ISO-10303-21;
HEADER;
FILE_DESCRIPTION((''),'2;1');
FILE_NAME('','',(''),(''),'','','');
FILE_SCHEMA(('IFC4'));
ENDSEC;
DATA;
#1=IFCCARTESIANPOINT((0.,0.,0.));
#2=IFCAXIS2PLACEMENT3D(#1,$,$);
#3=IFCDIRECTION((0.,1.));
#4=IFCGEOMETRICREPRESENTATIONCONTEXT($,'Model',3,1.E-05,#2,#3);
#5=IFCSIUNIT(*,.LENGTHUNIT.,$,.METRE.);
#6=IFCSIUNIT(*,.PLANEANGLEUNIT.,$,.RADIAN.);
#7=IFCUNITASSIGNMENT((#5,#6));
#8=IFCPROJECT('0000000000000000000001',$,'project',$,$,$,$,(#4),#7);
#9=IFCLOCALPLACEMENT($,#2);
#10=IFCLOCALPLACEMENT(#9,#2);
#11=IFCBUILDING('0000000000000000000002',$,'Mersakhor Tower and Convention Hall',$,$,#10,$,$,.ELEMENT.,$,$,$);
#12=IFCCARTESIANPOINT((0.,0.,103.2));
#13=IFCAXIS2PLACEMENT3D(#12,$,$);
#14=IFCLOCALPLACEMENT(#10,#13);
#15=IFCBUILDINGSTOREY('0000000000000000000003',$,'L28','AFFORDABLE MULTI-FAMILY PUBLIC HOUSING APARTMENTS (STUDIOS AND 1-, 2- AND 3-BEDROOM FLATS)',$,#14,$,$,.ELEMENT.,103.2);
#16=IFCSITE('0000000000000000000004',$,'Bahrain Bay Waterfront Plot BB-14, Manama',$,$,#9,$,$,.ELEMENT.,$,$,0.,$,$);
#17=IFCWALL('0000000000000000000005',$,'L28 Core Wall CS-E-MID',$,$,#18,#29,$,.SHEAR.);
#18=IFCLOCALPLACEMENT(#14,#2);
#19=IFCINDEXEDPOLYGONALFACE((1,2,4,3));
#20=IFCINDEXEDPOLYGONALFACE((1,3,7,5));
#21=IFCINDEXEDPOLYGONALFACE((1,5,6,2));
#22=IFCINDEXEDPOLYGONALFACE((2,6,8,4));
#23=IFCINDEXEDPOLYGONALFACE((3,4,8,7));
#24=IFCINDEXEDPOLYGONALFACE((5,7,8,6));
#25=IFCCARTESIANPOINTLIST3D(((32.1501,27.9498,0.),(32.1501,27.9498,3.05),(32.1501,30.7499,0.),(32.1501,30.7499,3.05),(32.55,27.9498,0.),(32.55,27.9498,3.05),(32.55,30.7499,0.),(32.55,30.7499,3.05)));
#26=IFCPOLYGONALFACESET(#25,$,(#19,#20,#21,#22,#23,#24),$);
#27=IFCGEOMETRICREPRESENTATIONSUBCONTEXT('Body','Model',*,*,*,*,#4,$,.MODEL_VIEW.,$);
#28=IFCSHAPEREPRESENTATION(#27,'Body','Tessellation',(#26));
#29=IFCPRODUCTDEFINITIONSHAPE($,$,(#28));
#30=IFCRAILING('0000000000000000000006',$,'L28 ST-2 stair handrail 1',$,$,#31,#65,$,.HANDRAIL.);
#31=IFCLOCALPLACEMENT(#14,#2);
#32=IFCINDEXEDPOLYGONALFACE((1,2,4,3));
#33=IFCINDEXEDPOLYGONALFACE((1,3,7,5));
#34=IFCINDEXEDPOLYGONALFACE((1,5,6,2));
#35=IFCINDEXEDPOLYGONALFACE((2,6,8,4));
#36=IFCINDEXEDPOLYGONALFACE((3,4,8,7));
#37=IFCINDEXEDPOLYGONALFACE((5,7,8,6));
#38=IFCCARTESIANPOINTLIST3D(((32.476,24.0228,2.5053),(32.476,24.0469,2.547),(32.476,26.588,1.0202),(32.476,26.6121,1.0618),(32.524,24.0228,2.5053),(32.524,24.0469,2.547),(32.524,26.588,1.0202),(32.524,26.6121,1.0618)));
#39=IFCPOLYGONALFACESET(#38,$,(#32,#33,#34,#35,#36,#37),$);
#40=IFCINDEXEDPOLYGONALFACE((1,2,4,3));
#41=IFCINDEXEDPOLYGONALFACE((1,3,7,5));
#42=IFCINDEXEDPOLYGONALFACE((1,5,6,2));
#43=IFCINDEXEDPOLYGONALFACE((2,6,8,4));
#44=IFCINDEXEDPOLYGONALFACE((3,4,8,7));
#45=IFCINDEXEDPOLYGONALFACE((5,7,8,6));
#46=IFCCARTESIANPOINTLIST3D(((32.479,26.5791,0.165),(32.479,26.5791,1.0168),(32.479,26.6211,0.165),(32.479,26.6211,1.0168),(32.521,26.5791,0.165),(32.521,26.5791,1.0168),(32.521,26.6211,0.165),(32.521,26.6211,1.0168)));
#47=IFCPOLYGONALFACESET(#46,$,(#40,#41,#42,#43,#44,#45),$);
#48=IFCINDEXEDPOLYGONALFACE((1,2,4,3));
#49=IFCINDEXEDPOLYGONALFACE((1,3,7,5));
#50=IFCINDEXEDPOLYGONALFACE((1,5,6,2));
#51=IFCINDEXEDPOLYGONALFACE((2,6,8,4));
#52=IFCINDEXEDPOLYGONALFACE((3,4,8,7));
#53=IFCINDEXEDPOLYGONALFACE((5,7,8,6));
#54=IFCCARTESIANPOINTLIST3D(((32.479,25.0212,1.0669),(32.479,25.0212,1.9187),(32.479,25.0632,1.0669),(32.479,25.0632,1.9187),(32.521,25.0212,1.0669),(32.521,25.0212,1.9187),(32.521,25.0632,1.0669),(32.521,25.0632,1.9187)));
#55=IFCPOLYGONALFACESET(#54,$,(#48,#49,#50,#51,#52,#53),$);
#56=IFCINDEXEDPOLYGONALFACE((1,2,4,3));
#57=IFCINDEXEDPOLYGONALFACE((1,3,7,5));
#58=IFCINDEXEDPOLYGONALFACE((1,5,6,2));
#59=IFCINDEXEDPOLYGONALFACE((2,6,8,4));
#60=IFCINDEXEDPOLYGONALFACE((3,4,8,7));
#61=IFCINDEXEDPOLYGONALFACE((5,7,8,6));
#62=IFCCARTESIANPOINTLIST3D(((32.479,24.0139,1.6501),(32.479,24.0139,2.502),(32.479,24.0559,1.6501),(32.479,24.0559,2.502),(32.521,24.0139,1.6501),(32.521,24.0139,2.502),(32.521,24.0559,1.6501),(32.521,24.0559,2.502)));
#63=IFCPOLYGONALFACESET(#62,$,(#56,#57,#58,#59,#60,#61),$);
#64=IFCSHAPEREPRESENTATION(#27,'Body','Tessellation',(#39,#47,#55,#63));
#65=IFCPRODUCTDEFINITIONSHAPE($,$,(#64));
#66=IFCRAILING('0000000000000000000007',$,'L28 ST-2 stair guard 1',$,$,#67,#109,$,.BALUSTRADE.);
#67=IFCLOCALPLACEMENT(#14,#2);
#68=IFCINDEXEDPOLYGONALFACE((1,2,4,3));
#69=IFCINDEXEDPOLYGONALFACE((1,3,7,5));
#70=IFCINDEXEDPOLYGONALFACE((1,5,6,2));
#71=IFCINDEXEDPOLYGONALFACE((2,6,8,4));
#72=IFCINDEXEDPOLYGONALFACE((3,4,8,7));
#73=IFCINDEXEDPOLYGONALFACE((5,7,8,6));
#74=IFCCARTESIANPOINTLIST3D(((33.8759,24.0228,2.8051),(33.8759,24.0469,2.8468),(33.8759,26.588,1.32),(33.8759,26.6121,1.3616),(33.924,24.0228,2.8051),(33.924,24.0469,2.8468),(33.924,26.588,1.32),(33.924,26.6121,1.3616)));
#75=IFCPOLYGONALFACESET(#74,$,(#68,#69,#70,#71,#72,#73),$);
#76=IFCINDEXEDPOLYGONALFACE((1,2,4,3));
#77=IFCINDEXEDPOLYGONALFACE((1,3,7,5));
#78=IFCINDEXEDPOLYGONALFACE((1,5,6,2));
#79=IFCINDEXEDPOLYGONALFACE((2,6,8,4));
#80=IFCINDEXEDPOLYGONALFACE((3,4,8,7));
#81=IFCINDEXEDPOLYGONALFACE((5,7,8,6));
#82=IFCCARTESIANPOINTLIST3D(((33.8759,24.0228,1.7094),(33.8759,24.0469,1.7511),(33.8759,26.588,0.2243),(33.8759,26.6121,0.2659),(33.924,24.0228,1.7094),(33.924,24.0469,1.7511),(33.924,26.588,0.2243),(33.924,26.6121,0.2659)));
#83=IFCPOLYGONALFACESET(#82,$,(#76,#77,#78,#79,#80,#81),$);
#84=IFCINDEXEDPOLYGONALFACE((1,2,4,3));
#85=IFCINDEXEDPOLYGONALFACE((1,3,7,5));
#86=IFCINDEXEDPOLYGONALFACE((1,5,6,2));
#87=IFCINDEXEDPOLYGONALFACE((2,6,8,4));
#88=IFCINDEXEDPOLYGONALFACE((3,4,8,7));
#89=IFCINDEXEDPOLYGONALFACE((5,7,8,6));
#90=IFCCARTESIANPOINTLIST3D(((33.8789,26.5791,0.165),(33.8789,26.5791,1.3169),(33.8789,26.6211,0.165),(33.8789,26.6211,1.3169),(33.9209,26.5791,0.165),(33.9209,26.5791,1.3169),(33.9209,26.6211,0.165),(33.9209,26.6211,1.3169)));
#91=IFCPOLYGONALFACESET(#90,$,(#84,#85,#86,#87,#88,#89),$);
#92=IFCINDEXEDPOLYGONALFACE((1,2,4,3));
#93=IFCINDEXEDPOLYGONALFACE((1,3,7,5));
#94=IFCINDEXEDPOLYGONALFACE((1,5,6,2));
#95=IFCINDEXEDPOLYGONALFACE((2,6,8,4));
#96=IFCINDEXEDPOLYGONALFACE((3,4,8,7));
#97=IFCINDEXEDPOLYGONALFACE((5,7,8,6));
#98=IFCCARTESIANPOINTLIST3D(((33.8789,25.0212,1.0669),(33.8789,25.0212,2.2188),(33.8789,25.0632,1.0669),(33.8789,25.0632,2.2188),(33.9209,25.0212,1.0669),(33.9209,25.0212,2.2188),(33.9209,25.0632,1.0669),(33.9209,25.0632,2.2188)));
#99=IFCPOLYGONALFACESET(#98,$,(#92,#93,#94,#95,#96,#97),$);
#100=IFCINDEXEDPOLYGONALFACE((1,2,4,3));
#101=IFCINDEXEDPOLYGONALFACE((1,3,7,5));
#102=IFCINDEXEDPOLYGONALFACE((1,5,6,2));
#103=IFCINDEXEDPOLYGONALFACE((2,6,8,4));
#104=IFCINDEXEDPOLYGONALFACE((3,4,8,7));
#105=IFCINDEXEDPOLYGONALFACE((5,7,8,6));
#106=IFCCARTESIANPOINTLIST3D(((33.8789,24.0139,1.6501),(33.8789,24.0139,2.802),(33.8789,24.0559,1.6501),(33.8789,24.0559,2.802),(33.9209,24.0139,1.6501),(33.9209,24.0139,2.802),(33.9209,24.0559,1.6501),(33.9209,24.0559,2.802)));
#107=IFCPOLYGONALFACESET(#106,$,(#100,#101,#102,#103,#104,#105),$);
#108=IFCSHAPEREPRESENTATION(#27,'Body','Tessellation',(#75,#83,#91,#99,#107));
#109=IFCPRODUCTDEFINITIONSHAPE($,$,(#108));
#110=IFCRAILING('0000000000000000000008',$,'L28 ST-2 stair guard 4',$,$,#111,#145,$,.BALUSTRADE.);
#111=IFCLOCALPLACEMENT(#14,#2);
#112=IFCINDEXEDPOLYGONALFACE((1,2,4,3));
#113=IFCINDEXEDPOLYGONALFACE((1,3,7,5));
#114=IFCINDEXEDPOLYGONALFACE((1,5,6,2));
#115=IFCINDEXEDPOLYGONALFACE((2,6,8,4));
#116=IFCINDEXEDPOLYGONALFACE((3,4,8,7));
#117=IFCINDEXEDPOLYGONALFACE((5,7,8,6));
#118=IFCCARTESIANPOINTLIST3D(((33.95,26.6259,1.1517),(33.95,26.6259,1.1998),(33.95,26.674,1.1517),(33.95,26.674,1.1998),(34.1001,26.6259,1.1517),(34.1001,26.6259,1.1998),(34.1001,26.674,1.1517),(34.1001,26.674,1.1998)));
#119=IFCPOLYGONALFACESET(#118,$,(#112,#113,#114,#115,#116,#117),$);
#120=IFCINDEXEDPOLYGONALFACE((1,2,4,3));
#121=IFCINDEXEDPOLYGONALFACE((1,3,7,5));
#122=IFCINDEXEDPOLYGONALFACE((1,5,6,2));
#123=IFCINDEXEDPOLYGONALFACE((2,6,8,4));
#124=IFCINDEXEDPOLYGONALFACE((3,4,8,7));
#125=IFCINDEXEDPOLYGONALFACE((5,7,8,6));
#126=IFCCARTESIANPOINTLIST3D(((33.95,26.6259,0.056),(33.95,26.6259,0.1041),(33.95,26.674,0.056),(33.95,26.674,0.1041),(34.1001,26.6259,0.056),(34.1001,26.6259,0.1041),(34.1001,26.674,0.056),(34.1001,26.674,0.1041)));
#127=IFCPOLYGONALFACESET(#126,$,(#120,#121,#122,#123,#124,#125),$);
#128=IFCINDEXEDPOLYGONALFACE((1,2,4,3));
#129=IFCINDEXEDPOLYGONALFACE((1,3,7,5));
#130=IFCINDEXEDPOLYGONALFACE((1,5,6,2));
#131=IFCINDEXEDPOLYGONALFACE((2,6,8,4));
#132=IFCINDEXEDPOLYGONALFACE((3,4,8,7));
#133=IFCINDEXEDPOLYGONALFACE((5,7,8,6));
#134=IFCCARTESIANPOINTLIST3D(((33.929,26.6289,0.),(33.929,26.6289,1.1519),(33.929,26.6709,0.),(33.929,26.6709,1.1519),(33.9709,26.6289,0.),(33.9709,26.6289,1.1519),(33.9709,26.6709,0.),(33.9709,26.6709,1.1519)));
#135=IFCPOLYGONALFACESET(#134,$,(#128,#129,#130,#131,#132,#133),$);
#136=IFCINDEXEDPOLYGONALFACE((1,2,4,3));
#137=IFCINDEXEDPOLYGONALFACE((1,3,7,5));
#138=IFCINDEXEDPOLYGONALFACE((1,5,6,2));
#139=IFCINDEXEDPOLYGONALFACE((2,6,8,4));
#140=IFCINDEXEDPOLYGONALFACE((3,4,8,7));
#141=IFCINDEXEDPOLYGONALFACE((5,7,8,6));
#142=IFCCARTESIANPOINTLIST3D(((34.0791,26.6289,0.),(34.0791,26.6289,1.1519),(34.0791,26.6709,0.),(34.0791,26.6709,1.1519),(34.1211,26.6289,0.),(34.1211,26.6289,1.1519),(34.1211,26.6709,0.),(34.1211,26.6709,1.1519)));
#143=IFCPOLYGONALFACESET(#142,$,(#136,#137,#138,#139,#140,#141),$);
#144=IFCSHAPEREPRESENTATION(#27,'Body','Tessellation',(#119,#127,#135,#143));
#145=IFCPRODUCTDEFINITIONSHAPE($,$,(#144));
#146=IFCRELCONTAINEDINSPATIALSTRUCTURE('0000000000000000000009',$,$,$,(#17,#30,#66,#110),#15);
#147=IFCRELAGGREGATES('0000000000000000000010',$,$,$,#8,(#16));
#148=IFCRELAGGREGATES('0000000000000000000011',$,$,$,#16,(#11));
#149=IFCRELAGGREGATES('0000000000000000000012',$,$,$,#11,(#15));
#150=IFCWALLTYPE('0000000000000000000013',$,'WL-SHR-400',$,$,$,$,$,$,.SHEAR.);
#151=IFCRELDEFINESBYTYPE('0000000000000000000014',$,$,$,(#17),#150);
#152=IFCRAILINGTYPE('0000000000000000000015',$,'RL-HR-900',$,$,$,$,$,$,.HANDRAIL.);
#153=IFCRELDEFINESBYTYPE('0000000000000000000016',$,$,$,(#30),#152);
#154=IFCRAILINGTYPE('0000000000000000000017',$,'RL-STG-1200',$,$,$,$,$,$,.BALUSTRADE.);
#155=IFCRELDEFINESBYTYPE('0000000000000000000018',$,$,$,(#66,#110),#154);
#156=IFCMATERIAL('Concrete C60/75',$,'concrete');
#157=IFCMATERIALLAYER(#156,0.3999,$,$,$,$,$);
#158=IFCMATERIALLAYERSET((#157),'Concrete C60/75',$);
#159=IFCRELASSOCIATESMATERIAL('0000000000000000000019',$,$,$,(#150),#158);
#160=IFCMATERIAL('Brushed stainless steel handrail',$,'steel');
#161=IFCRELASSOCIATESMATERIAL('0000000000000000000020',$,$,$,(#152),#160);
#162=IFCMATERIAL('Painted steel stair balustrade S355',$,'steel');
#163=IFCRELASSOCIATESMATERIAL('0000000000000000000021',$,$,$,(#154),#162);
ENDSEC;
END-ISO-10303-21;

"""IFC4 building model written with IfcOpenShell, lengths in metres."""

from ifc_helpers import new_model, si_unit, direction, frame, frame_2d, origin, origin_2d, place, context, subcontext, project, spatial, rectangle, extrude, material, layer, layer_set, type_object, element, save


model = new_model("IFC4")

# Units and contexts
model_context = context("Model", 3, precision=1e-05, world=origin(), true_north=direction((0.0, 1.0)))
body_context = subcontext(model_context, "Body", "Model", "MODEL_VIEW")
ifc_project = project(units=[si_unit("LENGTHUNIT", "METRE"), si_unit("PLANEANGLEUNIT", "RADIAN")], contexts=[model_context])

# Site, building, storey
site_placement = place(None, origin())
site = spatial("IfcSite", under=ifc_project, at=site_placement, Name="Bahrain Bay Waterfront Plot BB-14, Manama", CompositionType="ELEMENT", RefElevation=0.0)
building_placement = place(site_placement, origin())
building = spatial("IfcBuilding", under=site, at=building_placement, Name="Mersakhor Tower and Convention Hall", CompositionType="ELEMENT")
storey_placement = place(building_placement, frame((0.0, 0.0, 103.2)))
storey = spatial("IfcBuildingStorey", under=building, at=storey_placement, Name="L28", Description="AFFORDABLE MULTI-FAMILY PUBLIC HOUSING APARTMENTS (STUDIOS AND 1-, 2- AND 3-BEDROOM FLATS)", CompositionType="ELEMENT", Elevation=103.2)

# Shared definitions
ifc_material_1 = material(Name="Concrete C60/75", Category="concrete")
ifc_layer_1 = layer(ifc_material_1, 0.3999)
ifc_layer_set_1 = layer_set([ifc_layer_1], Name="Concrete C60/75")
wall_type_1 = type_object("IfcWallType", Name="WL-SHR-400", PredefinedType="SHEAR", material=ifc_layer_set_1)

# Wall
wall_1_placement = place(storey_placement, frame((32.3501, 27.95, 0.0), z_axis=(0.0, 0.0, 1.0), x_axis=(0.0, 1.0, 0.0)))
element("IfcWall", 1, at=wall_1_placement, inside=storey, type_object=wall_type_1, Name="L28 Core Wall CS-E-MID", PredefinedType="SHEAR", context=body_context, shape_type="SweptSolid", body=[
    extrude(rectangle(XDim=2.8, YDim=0.3999, at=frame_2d((1.3999, 0.0))), origin(), (0.0, 0.0, 1.0), 3.05),
])

# Railings
ifc_material_2 = material(Name="Brushed stainless steel handrail", Category="steel")
railing_type_1 = type_object("IfcRailingType", Name="RL-HR-900", PredefinedType="HANDRAIL", material=ifc_material_2)
railing_1_placement = place(storey_placement, frame((32.5, 26.6001, 0.165)))
element("IfcRailing", 2, at=railing_1_placement, inside=storey, type_object=railing_type_1, Name="L28 ST-2 stair handrail 1", PredefinedType="HANDRAIL", context=body_context, shape_type="SweptSolid", body=[
    extrude(rectangle(XDim=0.0481, YDim=0.0481, at=origin_2d()), frame((0.0, 0.0, 0.876), z_axis=(0.0, -0.865426, 0.501036), x_axis=(1.0, 0.0, 0.0)), (0.0, 0.0, 1.0), 2.9641),
    extrude(rectangle(XDim=0.042, YDim=0.042, at=origin_2d()), origin(), (0.0, 0.0, 1.0), 0.8518),
    extrude(rectangle(XDim=0.042, YDim=0.042, at=origin_2d()), frame((0.0, -1.5579, 0.9019)), (0.0, 0.0, 1.0), 0.8518),
    extrude(rectangle(XDim=0.042, YDim=0.042, at=origin_2d()), frame((0.0, -2.5652, 1.4851)), (0.0, 0.0, 1.0), 0.8518),
])
ifc_material_3 = material(Name="Painted steel stair balustrade S355", Category="steel")
railing_type_2 = type_object("IfcRailingType", Name="RL-STG-1200", PredefinedType="BALUSTRADE", material=ifc_material_3)
railing_2_placement = place(storey_placement, frame((33.8999, 26.6001, 0.165)))
element("IfcRailing", 3, at=railing_2_placement, inside=storey, type_object=railing_type_2, Name="L28 ST-2 stair guard 1", PredefinedType="BALUSTRADE", context=body_context, shape_type="SweptSolid", body=[
    extrude(rectangle(XDim=0.0481, YDim=0.0481, at=origin_2d()), frame((0.0, 0.0, 1.1758), z_axis=(0.0, -0.865426, 0.501036), x_axis=(1.0, 0.0, 0.0)), (0.0, 0.0, 1.0), 2.9641),
    extrude(rectangle(XDim=0.0481, YDim=0.0481, at=origin_2d()), frame((0.0, 0.0, 0.0801), z_axis=(0.0, -0.865426, 0.501036), x_axis=(1.0, 0.0, 0.0)), (0.0, 0.0, 1.0), 2.9641),
    extrude(rectangle(XDim=0.042, YDim=0.042, at=origin_2d()), origin(), (0.0, 0.0, 1.0), 1.1519),
    extrude(rectangle(XDim=0.042, YDim=0.042, at=origin_2d()), frame((0.0, -1.5579, 0.9019)), (0.0, 0.0, 1.0), 1.1519),
    extrude(rectangle(XDim=0.042, YDim=0.042, at=origin_2d()), frame((0.0, -2.5652, 1.4851)), (0.0, 0.0, 1.0), 1.1519),
])
railing_3_placement = place(storey_placement, frame((33.95, 26.6499, 0.0)))
element("IfcRailing", 4, at=railing_3_placement, inside=storey, type_object=railing_type_2, Name="L28 ST-2 stair guard 4", PredefinedType="BALUSTRADE", context=body_context, shape_type="SweptSolid", body=[
    extrude(rectangle(XDim=0.0481, YDim=0.0481, at=origin_2d()), frame((0.0, 0.0, 1.1758), z_axis=(1.0, 0.0, 0.0), x_axis=(0.0, 1.0, 0.0)), (0.0, 0.0, 1.0), 0.1501),
    extrude(rectangle(XDim=0.0481, YDim=0.0481, at=origin_2d()), frame((0.0, 0.0, 0.0801), z_axis=(1.0, 0.0, 0.0), x_axis=(0.0, 1.0, 0.0)), (0.0, 0.0, 1.0), 0.1501),
    extrude(rectangle(XDim=0.042, YDim=0.042, at=origin_2d()), origin(), (0.0, 0.0, 1.0), 1.1519),
    extrude(rectangle(XDim=0.042, YDim=0.042, at=origin_2d()), frame((0.1501, 0.0, 0.0)), (0.0, 0.0, 1.0), 1.1519),
])

save(model, "model.ifc")
